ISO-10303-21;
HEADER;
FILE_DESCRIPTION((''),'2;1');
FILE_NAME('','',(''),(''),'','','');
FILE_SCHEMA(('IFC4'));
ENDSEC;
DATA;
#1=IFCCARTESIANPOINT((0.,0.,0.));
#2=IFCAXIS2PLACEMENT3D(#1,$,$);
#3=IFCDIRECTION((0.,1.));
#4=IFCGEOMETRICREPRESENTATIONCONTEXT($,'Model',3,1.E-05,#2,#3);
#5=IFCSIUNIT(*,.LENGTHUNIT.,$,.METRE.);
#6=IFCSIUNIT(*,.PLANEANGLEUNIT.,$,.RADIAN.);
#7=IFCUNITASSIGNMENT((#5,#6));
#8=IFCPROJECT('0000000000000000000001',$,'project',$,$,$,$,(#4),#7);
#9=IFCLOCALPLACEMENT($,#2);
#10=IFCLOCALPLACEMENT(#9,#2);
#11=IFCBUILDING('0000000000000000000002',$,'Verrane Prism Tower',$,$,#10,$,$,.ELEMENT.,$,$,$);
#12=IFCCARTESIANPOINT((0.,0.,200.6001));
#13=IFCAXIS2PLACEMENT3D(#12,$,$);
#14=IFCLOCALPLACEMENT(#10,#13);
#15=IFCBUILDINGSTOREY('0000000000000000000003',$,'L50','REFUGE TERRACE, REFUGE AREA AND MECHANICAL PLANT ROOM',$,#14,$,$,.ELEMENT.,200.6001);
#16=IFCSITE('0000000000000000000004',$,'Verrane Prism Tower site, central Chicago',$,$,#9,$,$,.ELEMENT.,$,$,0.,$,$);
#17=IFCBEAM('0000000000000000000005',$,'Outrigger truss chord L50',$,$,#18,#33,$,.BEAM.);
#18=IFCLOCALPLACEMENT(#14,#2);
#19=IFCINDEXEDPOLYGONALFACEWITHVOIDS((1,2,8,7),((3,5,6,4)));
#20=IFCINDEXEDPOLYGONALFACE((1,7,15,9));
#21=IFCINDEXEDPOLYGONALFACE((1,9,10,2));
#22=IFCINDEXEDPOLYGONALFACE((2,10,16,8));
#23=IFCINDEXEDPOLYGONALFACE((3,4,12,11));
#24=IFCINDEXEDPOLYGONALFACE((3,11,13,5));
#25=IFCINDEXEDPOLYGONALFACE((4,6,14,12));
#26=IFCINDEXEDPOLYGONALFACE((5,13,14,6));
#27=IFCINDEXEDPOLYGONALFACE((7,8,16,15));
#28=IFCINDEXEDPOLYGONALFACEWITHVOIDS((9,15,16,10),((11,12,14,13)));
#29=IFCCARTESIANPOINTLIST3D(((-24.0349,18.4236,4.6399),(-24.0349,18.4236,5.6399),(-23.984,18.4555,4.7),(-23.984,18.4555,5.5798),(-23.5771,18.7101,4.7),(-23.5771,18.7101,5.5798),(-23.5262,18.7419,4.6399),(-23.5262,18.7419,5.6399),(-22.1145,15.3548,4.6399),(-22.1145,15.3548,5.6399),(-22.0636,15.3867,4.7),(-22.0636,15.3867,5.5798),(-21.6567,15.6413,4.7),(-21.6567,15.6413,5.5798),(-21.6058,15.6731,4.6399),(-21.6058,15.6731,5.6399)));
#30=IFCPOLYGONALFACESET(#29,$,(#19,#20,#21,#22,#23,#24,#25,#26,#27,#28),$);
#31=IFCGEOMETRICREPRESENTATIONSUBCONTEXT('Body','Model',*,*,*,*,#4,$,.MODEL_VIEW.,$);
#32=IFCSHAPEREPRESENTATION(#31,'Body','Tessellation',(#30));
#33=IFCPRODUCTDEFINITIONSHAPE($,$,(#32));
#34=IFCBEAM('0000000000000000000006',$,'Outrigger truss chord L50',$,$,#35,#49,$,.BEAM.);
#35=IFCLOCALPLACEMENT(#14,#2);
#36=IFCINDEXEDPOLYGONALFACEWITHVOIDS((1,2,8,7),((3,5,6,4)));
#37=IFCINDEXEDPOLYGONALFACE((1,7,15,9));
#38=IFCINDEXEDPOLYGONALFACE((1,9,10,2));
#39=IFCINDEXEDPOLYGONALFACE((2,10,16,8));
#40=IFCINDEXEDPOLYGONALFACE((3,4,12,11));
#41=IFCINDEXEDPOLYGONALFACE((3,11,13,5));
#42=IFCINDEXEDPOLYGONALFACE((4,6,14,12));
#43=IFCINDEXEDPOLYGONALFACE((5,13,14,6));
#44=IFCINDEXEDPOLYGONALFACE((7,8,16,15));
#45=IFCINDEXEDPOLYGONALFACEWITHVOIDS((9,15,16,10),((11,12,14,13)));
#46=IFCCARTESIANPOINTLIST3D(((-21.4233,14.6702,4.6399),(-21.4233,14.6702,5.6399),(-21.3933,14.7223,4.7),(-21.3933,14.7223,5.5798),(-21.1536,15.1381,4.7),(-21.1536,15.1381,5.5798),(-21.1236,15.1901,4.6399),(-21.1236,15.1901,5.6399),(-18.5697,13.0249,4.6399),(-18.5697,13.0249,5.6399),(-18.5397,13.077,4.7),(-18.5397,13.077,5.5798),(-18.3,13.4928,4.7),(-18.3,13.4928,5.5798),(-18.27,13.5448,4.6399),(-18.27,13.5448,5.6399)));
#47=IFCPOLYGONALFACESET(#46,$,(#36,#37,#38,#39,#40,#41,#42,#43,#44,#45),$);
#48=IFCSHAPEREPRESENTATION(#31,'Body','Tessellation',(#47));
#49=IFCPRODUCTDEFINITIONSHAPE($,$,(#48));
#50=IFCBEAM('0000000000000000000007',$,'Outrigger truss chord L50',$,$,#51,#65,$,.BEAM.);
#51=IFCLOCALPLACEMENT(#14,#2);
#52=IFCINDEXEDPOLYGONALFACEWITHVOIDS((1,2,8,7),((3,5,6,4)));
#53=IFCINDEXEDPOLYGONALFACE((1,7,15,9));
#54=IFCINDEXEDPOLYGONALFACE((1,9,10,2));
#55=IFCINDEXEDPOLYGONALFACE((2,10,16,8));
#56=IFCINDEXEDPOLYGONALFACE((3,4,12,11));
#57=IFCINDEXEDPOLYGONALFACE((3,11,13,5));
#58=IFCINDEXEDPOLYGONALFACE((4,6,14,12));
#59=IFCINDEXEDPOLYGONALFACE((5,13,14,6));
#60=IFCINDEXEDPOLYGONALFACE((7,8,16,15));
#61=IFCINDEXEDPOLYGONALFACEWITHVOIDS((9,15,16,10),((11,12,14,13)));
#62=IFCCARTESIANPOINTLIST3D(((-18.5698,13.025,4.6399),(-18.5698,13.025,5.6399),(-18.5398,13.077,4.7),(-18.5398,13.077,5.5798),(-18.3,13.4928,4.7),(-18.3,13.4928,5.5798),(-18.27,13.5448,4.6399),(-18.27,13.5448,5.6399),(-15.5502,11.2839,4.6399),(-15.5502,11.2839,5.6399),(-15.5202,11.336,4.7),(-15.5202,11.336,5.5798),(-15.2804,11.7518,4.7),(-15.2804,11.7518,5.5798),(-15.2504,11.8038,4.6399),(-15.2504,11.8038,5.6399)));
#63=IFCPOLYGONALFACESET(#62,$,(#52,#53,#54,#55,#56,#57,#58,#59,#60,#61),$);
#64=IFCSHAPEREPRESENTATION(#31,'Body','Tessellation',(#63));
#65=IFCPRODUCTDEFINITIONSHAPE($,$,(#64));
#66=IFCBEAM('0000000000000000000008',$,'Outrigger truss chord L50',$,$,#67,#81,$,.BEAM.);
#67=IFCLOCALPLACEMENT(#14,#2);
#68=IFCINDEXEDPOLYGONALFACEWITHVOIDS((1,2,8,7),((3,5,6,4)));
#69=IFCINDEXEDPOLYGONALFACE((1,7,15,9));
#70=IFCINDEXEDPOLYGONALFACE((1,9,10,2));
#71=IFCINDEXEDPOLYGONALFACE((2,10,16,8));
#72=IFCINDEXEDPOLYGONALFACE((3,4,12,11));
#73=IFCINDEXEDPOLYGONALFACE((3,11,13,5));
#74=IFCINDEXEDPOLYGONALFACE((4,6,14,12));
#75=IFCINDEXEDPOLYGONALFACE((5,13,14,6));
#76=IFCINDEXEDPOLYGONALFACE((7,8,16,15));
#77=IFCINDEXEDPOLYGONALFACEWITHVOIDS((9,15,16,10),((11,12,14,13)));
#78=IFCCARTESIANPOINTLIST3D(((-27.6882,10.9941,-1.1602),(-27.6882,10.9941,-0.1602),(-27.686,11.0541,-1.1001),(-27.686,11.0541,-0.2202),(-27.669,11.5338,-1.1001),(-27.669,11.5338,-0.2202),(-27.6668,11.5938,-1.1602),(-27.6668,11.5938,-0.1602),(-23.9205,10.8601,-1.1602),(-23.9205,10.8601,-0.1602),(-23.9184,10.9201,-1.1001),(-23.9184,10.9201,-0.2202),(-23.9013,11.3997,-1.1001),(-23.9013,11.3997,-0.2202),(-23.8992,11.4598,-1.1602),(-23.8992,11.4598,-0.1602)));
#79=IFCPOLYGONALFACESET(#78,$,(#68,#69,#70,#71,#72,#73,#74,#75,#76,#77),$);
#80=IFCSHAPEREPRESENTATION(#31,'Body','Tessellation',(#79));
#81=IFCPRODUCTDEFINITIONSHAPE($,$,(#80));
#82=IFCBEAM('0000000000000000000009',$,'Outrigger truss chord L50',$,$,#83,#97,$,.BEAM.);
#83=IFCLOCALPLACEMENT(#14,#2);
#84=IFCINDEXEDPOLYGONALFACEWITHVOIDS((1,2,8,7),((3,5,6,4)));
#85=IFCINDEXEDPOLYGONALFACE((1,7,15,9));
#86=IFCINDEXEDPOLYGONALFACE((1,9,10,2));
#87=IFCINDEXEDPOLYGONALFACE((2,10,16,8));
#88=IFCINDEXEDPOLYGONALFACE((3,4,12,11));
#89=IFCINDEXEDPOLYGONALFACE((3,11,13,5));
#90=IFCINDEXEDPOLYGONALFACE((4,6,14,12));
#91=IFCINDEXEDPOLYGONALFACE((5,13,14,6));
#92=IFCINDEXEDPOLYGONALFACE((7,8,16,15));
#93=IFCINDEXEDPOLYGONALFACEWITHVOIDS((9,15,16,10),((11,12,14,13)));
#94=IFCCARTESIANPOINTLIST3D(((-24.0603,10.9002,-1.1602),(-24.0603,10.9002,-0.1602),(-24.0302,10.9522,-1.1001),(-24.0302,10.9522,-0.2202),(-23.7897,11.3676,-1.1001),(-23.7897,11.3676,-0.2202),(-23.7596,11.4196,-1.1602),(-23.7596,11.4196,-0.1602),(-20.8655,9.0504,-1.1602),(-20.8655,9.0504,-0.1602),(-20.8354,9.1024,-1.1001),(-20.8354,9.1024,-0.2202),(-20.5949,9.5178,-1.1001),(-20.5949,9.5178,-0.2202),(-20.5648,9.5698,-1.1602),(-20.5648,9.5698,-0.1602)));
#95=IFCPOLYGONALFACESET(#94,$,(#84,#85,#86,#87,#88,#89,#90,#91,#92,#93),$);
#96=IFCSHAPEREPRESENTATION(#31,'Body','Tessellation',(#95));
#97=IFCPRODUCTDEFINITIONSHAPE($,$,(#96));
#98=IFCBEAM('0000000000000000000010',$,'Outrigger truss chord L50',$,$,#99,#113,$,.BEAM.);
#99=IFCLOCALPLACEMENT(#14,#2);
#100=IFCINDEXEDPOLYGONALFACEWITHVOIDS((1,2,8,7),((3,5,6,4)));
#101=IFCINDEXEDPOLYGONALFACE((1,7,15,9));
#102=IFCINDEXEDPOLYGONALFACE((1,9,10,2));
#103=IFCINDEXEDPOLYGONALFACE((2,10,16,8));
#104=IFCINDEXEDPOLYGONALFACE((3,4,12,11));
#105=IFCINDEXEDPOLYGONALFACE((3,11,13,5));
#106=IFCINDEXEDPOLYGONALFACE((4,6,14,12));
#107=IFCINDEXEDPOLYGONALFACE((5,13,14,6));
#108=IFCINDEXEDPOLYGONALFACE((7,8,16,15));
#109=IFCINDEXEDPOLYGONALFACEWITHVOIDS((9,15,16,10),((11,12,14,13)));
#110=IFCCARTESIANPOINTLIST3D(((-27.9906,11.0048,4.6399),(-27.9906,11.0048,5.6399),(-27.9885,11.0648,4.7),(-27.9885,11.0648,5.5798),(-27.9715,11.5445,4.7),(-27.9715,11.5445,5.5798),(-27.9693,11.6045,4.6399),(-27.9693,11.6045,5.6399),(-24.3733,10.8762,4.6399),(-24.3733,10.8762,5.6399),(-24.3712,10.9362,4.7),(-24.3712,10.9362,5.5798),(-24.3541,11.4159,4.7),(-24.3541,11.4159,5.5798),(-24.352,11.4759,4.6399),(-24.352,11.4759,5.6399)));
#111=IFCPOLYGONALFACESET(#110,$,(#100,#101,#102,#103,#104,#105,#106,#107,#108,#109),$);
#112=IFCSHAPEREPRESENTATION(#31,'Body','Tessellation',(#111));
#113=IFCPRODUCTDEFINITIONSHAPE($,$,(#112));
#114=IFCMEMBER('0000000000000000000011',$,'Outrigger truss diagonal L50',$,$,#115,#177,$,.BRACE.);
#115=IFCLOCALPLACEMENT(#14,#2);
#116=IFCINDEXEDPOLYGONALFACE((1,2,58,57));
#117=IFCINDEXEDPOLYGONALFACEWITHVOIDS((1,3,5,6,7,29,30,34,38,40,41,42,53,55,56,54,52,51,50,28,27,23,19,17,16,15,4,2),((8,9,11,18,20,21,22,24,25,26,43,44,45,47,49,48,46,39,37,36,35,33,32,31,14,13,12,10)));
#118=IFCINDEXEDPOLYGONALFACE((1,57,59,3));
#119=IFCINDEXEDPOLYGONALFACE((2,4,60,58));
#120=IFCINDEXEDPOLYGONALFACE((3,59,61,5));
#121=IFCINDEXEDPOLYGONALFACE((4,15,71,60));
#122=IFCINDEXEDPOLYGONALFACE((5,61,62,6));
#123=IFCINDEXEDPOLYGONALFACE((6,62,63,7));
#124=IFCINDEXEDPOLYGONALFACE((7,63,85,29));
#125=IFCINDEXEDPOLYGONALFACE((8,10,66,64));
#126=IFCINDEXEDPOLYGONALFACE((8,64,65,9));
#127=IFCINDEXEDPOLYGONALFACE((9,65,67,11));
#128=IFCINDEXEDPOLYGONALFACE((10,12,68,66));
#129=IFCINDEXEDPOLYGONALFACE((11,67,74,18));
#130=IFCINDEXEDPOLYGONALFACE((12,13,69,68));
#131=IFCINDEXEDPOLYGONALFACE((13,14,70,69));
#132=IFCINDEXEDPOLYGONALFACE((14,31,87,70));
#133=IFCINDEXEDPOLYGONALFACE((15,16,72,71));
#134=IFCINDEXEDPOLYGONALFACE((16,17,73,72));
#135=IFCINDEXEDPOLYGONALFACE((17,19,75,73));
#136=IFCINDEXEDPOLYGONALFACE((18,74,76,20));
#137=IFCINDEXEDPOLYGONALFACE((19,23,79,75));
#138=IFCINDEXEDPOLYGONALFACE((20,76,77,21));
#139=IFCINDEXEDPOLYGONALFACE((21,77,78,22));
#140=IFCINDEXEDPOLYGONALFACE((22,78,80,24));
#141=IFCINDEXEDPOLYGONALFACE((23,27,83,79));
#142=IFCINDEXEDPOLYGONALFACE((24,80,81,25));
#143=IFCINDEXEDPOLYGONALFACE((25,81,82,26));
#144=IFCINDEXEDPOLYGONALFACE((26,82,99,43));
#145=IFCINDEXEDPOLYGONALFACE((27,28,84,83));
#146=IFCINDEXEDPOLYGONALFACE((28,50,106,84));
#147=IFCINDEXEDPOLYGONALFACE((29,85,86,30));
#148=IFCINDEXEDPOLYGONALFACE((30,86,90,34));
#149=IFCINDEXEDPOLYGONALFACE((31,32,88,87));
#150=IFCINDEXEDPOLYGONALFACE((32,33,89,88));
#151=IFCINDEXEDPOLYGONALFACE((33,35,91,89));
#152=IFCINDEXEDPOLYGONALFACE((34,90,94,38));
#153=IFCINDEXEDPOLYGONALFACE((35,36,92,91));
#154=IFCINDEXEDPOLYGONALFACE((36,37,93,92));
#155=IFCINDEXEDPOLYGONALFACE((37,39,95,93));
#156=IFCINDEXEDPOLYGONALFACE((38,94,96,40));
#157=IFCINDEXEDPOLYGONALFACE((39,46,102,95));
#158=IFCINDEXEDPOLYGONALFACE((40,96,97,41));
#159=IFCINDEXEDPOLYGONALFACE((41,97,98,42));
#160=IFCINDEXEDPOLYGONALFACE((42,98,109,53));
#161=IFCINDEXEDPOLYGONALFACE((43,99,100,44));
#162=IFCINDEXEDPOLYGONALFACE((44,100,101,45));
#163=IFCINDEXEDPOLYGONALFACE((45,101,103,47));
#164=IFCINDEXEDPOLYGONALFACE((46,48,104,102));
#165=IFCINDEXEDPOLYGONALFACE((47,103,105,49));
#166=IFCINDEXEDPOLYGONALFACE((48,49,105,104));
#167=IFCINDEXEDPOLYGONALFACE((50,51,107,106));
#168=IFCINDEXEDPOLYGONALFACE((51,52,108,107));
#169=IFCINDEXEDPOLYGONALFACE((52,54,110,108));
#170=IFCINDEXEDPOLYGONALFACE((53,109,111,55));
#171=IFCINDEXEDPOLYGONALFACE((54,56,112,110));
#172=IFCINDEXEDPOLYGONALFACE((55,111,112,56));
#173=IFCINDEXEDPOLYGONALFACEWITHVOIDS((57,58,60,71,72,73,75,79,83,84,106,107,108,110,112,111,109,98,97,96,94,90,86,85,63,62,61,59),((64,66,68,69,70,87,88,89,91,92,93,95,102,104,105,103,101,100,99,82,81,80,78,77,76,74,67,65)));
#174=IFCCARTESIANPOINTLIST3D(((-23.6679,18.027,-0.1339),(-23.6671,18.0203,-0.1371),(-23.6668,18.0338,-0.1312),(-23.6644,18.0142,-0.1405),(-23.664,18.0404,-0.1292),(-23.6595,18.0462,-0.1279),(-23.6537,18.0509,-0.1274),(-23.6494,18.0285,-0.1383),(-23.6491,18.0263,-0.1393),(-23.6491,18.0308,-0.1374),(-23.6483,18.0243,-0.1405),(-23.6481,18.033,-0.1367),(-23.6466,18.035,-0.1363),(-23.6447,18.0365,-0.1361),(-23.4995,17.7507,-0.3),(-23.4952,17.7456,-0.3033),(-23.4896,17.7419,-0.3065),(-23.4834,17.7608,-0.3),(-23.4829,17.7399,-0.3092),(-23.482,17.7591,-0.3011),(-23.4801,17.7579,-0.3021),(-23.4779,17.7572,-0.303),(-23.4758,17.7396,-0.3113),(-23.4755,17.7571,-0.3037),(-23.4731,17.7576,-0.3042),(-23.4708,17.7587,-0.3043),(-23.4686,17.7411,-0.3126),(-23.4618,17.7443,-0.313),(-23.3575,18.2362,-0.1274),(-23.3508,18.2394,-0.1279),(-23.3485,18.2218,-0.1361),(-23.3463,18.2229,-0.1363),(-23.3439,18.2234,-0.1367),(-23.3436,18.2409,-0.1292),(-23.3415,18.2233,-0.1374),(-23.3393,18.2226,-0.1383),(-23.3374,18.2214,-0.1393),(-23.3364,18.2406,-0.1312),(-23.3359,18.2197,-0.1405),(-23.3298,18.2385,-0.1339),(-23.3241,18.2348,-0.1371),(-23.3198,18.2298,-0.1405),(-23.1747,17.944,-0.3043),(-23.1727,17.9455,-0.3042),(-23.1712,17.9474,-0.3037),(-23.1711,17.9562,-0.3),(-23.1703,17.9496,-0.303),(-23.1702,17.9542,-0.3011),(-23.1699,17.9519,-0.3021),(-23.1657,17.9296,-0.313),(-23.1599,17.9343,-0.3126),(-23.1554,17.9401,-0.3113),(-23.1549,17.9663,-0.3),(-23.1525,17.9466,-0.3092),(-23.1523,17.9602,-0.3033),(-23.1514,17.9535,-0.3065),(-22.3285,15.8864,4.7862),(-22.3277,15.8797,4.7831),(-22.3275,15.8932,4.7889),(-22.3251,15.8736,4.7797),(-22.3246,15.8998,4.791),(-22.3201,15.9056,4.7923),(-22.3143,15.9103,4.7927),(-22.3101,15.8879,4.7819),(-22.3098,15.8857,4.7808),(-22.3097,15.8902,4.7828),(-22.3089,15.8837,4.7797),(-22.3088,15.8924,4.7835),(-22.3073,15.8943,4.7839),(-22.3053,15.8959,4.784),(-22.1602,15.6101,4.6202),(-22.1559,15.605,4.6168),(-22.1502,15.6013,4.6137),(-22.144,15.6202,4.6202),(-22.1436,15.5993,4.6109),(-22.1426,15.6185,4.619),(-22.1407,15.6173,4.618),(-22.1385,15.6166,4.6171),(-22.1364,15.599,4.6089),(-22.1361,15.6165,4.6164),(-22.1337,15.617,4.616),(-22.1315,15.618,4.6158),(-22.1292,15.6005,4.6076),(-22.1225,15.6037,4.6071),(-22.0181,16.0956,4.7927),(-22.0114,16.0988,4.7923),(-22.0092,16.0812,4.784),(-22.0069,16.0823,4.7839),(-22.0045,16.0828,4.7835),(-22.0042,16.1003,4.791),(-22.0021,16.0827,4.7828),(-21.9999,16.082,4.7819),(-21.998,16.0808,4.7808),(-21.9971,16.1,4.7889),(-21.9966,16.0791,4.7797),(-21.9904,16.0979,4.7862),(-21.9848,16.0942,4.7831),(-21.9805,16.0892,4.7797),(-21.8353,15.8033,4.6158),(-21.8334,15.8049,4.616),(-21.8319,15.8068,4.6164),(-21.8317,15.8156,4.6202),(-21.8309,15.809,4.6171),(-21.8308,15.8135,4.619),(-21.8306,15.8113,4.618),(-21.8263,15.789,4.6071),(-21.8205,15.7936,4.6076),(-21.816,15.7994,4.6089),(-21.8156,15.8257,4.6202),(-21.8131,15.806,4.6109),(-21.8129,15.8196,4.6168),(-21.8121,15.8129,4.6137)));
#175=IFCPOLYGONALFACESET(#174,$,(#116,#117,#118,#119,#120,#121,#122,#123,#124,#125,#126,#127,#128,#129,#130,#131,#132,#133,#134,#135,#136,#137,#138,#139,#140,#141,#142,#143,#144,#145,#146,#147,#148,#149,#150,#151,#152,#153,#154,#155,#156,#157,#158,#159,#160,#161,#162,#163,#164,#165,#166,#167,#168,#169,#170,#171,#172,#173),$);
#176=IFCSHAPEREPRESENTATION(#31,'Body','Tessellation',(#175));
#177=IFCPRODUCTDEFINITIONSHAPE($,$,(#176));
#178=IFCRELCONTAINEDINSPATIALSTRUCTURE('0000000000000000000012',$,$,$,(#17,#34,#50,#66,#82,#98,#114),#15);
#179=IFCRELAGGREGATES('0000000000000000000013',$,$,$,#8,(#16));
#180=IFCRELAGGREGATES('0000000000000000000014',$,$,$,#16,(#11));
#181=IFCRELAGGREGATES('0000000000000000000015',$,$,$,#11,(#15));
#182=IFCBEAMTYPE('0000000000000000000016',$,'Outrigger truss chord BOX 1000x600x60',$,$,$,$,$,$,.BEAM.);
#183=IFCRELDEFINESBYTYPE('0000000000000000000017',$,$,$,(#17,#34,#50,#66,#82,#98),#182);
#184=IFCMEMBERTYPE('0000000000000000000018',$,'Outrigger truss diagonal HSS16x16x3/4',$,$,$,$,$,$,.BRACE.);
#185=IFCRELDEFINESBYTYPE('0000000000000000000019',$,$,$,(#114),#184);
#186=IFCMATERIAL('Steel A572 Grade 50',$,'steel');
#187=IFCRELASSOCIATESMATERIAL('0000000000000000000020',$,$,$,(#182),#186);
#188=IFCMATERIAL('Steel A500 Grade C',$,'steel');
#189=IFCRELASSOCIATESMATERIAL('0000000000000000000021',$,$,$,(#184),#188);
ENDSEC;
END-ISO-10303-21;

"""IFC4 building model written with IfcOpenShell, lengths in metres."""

from ifc_helpers import new_model, si_unit, direction, frame, origin, origin_2d, place, context, subcontext, project, spatial, hollow_rectangle, extrude, material, material_profile, profile_set, type_object, element, save


model = new_model("IFC4")

# Units and contexts
model_context = context("Model", 3, precision=1e-05, world=origin(), true_north=direction((0.0, 1.0)))
body_context = subcontext(model_context, "Body", "Model", "MODEL_VIEW")
ifc_project = project(units=[si_unit("LENGTHUNIT", "METRE"), si_unit("PLANEANGLEUNIT", "RADIAN")], contexts=[model_context])

# Site, building, storey
site_placement = place(None, origin())
site = spatial("IfcSite", under=ifc_project, at=site_placement, Name="Verrane Prism Tower site, central Chicago", CompositionType="ELEMENT", RefElevation=0.0)
building_placement = place(site_placement, origin())
building = spatial("IfcBuilding", under=site, at=building_placement, Name="Verrane Prism Tower", CompositionType="ELEMENT")
storey_placement = place(building_placement, frame((0.0, 0.0, 200.6001)))
storey = spatial("IfcBuildingStorey", under=building, at=storey_placement, Name="L50", Description="REFUGE TERRACE, REFUGE AREA AND MECHANICAL PLANT ROOM", CompositionType="ELEMENT", Elevation=200.6001)

# Beams
ifc_material_1 = material(Name="Steel A572 Grade 50", Category="steel")
ifc_material_profile_1 = material_profile(ifc_material_1, hollow_rectangle(XDim=0.6001, YDim=1.0, WallThickness=0.0601, at=origin_2d()), Name="BOX 1000x600x60")
ifc_profile_set_1 = profile_set([ifc_material_profile_1], Name="Steel A572 Grade 50")
beam_type_1 = type_object("IfcBeamType", Name="Outrigger truss chord BOX 1000x600x60", PredefinedType="BEAM", material=ifc_profile_set_1)
beam_1_placement = place(storey_placement, frame((-23.7805, 18.5828, 5.1399), z_axis=(0.530472, -0.847703, 0.0), x_axis=(0.847703, 0.530472, 0.0)))
element("IfcBeam", 1, at=beam_1_placement, inside=storey, type_object=beam_type_1, Name="Outrigger truss chord L50", PredefinedType="BEAM", context=body_context, shape_type="SweptSolid", body=[
    extrude(hollow_rectangle(XDim=0.6001, YDim=1.0, WallThickness=0.0601, at=origin_2d()), origin(), (0.0, 0.0, 1.0), 3.6201),
])
beam_2_placement = place(storey_placement, frame((-21.2734, 14.9302, 5.1399), z_axis=(0.866316, -0.499496, 0.0), x_axis=(0.499496, 0.866316, 0.0)))
element("IfcBeam", 2, at=beam_2_placement, inside=storey, type_object=beam_type_1, Name="Outrigger truss chord L50", PredefinedType="BEAM", context=body_context, shape_type="SweptSolid", body=[
    extrude(hollow_rectangle(XDim=0.6001, YDim=1.0, WallThickness=0.0601, at=origin_2d()), origin(), (0.0, 0.0, 1.0), 3.2939),
])
beam_3_placement = place(storey_placement, frame((-18.4199, 13.2849, 5.1399), z_axis=(0.866318, -0.499492, 0.0), x_axis=(0.499492, 0.866318, 0.0)))
element("IfcBeam", 3, at=beam_3_placement, inside=storey, type_object=beam_type_1, Name="Outrigger truss chord L50", PredefinedType="BEAM", context=body_context, shape_type="SweptSolid", body=[
    extrude(hollow_rectangle(XDim=0.6001, YDim=1.0, WallThickness=0.0601, at=origin_2d()), origin(), (0.0, 0.0, 1.0), 3.4856),
])
beam_4_placement = place(storey_placement, frame((-27.6775, 11.2939, -0.6602), z_axis=(0.999368, -0.035553, 0.0), x_axis=(0.035553, 0.999368, 0.0)))
element("IfcBeam", 4, at=beam_4_placement, inside=storey, type_object=beam_type_1, Name="Outrigger truss chord L50", PredefinedType="BEAM", context=body_context, shape_type="SweptSolid", body=[
    extrude(hollow_rectangle(XDim=0.6001, YDim=1.0, WallThickness=0.0601, at=origin_2d()), origin(), (0.0, 0.0, 1.0), 3.77),
])
beam_5_placement = place(storey_placement, frame((-23.9099, 11.1599, -0.6602), z_axis=(0.865401, -0.501081, 0.0), x_axis=(0.501081, 0.865401, 0.0)))
element("IfcBeam", 5, at=beam_5_placement, inside=storey, type_object=beam_type_1, Name="Outrigger truss chord L50", PredefinedType="BEAM", context=body_context, shape_type="SweptSolid", body=[
    extrude(hollow_rectangle(XDim=0.6001, YDim=1.0, WallThickness=0.0601, at=origin_2d()), origin(), (0.0, 0.0, 1.0), 3.6917),
])
beam_6_placement = place(storey_placement, frame((-27.98, 11.3047, 5.1399), z_axis=(0.999368, -0.035545, 0.0), x_axis=(0.035545, 0.999368, 0.0)))
element("IfcBeam", 6, at=beam_6_placement, inside=storey, type_object=beam_type_1, Name="Outrigger truss chord L50", PredefinedType="BEAM", context=body_context, shape_type="SweptSolid", body=[
    extrude(hollow_rectangle(XDim=0.6001, YDim=1.0, WallThickness=0.0601, at=origin_2d()), origin(), (0.0, 0.0, 1.0), 3.6196),
])

# Member
ifc_material_2 = material(Name="Steel A500 Grade C", Category="steel")
ifc_material_profile_2 = material_profile(ifc_material_2, hollow_rectangle(XDim=0.4065, YDim=0.4065, WallThickness=0.019, InnerFilletRadius=0.0095, OuterFilletRadius=0.0286, at=origin_2d()), Name="HSS16x16x3/4")
ifc_profile_set_2 = profile_set([ifc_material_profile_2], Name="Steel A500 Grade C")
member_type_1 = type_object("IfcMemberType", Name="Outrigger truss diagonal HSS16x16x3/4", PredefinedType="BRACE", material=ifc_profile_set_2)
member_1_placement = place(storey_placement, frame((-23.4097, 17.9902, -0.2202), z_axis=(0.242185, -0.387072, 0.889675), x_axis=(0.847737, 0.530416, 0.0)))
element("IfcMember", 7, at=member_1_placement, inside=storey, type_object=member_type_1, Name="Outrigger truss diagonal L50", PredefinedType="BRACE", context=body_context, shape_type="SweptSolid", body=[
    extrude(hollow_rectangle(XDim=0.4065, YDim=0.4065, WallThickness=0.019, InnerFilletRadius=0.0095, OuterFilletRadius=0.0286, at=origin_2d()), origin(), (0.0, 0.0, 1.0), 5.5303),
])

save(model, "model.ifc")
